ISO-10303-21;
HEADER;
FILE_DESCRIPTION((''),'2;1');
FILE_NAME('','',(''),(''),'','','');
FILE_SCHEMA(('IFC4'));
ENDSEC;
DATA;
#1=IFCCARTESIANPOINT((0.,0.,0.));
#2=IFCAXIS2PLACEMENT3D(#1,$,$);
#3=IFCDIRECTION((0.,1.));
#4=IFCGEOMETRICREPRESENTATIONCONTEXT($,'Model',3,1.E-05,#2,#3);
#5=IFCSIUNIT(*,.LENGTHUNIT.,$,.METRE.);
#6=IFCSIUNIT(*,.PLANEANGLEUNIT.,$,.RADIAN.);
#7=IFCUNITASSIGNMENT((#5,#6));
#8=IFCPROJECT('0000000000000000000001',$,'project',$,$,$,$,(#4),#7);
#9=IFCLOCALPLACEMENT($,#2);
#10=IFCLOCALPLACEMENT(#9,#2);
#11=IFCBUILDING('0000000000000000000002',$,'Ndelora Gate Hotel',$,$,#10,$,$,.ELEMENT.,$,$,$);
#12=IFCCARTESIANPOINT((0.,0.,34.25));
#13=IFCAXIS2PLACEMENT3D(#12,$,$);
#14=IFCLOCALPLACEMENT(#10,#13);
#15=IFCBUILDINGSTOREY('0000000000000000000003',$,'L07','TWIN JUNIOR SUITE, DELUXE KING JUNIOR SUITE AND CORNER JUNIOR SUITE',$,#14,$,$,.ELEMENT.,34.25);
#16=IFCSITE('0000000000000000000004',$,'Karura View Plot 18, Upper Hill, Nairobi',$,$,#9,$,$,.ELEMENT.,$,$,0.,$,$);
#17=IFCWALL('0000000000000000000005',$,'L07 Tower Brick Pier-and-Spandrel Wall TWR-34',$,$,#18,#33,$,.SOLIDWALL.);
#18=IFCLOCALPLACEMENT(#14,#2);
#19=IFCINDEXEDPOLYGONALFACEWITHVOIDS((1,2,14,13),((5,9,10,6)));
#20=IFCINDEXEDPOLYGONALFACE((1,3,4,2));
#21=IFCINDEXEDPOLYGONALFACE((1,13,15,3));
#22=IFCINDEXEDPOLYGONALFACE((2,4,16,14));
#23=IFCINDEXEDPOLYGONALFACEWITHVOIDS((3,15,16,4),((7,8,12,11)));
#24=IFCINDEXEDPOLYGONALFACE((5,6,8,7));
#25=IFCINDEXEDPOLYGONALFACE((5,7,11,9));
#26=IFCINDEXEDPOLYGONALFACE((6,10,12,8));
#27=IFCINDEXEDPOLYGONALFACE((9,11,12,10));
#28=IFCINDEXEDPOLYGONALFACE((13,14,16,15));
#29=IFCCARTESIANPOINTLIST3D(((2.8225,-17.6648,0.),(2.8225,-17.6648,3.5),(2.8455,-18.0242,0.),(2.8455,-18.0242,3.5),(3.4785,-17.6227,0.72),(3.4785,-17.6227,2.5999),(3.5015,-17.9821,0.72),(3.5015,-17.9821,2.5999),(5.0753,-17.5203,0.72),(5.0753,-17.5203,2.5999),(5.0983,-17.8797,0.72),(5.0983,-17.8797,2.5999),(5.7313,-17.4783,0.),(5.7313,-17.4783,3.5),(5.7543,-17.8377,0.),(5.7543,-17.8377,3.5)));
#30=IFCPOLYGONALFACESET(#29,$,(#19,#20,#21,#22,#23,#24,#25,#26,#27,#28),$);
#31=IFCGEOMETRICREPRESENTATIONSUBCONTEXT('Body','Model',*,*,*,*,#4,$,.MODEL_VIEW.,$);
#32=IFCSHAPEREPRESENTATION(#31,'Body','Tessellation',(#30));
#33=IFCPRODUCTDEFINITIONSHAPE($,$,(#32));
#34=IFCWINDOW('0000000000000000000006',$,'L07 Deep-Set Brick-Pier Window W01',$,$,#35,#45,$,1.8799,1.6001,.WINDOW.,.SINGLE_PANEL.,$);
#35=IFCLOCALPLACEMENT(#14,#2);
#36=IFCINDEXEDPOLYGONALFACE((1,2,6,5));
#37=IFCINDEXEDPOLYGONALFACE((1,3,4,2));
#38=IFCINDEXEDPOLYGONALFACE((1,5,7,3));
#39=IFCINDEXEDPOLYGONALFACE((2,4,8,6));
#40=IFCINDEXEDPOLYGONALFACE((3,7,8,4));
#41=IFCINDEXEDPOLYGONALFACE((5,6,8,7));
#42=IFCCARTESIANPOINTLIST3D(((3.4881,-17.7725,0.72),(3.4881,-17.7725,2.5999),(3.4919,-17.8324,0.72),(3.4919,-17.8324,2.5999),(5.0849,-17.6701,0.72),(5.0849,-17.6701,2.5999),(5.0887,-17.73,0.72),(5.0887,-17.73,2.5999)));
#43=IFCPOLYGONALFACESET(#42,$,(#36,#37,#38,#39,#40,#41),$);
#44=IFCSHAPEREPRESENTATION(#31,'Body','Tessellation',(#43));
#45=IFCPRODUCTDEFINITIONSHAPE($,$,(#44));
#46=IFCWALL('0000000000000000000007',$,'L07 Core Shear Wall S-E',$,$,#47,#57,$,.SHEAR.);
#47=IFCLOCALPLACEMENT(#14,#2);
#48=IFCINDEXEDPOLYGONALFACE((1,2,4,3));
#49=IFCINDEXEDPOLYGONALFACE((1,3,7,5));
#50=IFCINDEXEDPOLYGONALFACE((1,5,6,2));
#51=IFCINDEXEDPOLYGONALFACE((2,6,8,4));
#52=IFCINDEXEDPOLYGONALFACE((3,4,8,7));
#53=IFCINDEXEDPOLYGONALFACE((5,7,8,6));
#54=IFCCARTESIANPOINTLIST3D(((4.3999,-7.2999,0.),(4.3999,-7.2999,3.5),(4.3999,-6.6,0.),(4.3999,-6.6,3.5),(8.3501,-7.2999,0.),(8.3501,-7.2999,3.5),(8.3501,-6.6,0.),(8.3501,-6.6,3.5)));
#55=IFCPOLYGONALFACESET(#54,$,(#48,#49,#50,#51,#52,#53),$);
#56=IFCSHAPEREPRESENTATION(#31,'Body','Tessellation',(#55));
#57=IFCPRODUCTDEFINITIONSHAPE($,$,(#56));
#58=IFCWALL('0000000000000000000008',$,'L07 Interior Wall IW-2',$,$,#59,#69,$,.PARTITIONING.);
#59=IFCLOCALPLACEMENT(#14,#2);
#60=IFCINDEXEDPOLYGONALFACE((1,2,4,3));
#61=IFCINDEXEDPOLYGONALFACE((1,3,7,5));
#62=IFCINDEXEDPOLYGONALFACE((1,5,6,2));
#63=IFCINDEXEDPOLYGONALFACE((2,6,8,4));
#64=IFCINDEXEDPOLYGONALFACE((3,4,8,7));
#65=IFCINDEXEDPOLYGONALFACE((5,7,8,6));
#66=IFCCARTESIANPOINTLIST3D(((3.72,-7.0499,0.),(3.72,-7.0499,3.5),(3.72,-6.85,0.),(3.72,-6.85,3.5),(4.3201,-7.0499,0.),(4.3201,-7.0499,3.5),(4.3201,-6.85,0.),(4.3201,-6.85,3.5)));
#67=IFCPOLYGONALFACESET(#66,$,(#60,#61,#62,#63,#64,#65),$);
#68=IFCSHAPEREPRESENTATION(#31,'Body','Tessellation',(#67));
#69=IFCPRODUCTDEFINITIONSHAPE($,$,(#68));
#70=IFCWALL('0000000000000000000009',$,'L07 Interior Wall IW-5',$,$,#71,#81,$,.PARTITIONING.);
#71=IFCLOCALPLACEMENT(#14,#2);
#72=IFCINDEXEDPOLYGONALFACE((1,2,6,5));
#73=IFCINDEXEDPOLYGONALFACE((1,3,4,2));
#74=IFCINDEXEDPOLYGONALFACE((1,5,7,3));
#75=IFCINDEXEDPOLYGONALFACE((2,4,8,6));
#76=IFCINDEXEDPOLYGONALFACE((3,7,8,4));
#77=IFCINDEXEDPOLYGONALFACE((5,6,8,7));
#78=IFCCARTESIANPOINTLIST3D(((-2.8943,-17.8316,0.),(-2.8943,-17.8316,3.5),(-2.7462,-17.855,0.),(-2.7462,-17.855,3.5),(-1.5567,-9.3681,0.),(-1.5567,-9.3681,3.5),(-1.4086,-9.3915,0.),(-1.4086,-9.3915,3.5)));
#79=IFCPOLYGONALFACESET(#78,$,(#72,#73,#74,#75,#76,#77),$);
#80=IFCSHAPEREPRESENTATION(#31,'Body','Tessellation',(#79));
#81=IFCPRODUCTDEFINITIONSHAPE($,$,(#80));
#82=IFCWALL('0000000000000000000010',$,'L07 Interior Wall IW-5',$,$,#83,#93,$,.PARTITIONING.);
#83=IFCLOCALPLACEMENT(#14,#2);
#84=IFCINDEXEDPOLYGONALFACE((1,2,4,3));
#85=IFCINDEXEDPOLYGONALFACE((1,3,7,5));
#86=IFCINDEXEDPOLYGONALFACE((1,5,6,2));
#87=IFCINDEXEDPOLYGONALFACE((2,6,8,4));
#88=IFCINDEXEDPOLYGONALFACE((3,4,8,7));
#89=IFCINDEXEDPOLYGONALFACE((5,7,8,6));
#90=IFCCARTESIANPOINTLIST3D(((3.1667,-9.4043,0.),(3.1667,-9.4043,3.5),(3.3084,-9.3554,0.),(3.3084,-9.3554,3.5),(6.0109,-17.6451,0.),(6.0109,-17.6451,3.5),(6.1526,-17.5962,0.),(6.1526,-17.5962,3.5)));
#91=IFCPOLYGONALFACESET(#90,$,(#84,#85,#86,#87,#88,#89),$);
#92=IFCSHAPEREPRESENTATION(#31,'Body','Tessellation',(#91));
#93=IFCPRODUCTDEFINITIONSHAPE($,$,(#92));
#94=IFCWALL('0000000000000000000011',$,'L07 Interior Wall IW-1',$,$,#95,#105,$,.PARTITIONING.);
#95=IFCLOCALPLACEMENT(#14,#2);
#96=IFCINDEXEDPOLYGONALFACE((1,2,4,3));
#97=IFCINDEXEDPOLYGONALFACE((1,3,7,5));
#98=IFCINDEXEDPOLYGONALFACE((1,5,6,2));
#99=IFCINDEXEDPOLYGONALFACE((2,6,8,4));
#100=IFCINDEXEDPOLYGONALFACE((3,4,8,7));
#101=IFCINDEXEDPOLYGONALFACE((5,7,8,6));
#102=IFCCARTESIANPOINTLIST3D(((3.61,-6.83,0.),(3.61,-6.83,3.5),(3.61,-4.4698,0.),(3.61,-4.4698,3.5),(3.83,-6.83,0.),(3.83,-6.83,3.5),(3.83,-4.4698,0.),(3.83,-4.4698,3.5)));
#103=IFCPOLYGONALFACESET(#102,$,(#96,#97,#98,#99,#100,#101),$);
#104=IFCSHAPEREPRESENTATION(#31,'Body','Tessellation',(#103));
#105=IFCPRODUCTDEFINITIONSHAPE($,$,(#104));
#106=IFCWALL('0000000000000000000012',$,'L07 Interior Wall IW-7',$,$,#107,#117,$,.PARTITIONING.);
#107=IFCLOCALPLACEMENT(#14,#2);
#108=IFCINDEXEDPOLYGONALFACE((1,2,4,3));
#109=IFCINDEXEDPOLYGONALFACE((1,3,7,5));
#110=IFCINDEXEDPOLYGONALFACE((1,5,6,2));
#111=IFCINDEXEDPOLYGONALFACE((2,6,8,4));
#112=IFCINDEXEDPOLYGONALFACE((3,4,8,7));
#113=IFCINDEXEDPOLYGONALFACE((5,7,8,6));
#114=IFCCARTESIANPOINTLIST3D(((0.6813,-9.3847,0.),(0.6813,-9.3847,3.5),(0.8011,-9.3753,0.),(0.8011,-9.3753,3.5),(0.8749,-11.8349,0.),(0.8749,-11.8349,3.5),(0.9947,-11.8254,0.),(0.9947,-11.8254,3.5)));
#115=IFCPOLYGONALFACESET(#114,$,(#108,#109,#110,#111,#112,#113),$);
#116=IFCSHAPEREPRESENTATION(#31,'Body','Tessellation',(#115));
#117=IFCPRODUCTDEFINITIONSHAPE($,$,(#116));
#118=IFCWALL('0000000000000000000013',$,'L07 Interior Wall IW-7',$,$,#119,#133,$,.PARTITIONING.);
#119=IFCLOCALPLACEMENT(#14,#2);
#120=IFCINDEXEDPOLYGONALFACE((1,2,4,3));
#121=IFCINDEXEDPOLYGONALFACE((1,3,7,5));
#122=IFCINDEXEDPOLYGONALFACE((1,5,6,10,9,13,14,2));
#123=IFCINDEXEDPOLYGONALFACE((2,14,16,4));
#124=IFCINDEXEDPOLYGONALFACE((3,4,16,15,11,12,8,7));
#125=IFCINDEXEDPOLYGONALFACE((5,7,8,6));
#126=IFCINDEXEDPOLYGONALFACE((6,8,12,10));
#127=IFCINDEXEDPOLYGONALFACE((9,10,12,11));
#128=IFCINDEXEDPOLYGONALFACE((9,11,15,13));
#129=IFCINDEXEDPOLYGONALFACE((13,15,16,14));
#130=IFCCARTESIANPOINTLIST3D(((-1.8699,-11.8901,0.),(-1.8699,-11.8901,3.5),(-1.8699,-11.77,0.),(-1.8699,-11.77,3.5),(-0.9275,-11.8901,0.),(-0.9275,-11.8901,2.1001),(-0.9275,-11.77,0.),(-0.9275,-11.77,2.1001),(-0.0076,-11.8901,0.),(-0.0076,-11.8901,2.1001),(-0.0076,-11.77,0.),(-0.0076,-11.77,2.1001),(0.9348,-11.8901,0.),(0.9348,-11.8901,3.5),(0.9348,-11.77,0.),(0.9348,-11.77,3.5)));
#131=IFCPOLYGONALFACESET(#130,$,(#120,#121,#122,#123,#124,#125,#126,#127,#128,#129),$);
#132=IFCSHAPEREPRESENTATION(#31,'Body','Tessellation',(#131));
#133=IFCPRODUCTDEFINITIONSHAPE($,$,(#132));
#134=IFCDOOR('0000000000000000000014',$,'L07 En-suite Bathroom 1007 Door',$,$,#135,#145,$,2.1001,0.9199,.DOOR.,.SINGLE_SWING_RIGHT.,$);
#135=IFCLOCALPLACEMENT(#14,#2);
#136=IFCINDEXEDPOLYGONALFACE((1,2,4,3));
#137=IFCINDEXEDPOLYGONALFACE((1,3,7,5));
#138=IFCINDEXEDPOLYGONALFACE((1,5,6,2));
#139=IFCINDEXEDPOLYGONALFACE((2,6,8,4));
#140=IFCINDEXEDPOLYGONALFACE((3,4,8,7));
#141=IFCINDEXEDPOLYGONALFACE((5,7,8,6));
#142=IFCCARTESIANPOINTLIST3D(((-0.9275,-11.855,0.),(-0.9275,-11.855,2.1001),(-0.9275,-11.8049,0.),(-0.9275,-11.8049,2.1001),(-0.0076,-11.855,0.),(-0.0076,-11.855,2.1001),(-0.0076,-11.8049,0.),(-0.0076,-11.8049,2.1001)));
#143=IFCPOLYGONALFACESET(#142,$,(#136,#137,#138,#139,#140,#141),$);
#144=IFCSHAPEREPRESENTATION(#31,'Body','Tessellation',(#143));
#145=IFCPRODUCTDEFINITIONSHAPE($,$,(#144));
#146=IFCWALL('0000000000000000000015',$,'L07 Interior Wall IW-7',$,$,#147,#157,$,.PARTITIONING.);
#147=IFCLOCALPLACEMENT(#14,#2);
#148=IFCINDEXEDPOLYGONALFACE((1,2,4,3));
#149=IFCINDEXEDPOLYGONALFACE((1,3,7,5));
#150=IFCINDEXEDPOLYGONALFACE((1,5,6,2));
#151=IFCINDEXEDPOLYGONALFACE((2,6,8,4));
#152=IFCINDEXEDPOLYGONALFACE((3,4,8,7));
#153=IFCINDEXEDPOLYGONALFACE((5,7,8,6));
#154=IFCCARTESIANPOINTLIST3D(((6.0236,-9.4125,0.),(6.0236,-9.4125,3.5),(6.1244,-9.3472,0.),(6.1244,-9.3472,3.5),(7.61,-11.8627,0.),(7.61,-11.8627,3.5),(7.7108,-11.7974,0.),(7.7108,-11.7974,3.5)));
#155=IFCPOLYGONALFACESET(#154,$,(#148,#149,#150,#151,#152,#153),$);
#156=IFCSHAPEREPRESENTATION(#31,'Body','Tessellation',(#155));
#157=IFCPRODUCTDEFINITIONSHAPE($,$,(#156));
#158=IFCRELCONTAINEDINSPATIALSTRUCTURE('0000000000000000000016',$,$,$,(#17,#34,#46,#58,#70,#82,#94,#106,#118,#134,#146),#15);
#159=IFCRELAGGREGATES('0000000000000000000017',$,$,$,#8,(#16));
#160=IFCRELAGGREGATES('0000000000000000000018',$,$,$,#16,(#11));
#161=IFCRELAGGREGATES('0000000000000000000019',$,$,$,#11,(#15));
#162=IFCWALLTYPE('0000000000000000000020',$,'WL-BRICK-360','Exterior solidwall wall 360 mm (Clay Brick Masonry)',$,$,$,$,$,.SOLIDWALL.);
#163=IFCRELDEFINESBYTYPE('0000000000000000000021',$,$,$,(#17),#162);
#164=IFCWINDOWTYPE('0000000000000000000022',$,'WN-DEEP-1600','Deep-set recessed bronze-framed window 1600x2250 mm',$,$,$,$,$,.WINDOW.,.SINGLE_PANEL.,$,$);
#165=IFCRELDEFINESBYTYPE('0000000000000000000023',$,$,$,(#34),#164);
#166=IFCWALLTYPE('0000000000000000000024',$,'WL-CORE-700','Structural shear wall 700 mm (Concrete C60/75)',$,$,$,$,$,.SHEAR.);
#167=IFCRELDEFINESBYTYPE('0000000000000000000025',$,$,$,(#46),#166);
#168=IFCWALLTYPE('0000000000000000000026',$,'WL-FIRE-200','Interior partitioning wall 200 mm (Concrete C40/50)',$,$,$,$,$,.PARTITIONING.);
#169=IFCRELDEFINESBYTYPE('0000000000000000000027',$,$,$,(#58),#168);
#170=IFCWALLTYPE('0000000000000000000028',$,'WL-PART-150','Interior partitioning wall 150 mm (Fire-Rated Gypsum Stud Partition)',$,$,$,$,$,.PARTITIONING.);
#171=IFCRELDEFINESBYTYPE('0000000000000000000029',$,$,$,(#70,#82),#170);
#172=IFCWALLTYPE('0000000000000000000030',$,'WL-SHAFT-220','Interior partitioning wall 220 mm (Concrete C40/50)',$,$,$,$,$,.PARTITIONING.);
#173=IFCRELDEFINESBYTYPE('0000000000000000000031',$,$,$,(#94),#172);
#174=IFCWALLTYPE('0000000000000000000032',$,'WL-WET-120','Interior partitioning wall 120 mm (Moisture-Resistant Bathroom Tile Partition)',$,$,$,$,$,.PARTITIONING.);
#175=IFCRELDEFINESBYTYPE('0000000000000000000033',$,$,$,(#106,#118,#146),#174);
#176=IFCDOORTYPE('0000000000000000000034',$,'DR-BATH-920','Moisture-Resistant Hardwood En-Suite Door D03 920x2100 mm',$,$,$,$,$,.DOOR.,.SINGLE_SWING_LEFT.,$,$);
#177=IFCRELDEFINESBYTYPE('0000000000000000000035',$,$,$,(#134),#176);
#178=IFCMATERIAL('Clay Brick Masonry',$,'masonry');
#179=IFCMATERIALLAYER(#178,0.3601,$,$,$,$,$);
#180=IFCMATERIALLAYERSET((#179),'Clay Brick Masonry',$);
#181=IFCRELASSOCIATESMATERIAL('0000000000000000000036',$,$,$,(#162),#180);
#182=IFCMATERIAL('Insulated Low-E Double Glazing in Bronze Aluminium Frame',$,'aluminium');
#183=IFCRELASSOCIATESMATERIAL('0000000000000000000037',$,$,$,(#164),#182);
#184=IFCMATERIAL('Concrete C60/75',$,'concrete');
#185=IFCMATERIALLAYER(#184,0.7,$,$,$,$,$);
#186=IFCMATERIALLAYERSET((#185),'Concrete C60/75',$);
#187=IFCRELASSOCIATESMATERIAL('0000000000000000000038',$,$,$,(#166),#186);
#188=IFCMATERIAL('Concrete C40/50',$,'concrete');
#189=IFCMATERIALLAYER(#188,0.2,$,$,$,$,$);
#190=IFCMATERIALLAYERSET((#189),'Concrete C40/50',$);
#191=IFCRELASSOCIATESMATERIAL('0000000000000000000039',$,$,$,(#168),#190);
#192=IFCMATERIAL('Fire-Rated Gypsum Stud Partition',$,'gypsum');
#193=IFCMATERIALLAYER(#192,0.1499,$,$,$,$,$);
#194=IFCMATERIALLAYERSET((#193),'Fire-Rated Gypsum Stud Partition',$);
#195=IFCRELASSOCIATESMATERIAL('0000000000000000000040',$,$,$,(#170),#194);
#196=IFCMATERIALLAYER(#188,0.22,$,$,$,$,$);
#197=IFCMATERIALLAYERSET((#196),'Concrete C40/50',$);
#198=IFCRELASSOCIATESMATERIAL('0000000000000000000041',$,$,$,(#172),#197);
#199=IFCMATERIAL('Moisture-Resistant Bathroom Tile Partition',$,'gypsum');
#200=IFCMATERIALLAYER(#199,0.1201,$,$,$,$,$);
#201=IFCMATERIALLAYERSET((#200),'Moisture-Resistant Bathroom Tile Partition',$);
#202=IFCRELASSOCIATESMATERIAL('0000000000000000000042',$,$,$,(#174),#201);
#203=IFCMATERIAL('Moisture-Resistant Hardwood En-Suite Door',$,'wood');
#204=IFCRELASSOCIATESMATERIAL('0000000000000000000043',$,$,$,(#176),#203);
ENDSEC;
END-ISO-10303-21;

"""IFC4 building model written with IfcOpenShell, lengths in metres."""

from ifc_helpers import new_model, si_unit, direction, frame, frame_2d, origin, place, context, subcontext, project, spatial, rectangle, extrude, material, layer, layer_set, type_object, element, fill, save


model = new_model("IFC4")

# Units and contexts
model_context = context("Model", 3, precision=1e-05, world=origin(), true_north=direction((0.0, 1.0)))
body_context = subcontext(model_context, "Body", "Model", "MODEL_VIEW")
ifc_project = project(units=[si_unit("LENGTHUNIT", "METRE"), si_unit("PLANEANGLEUNIT", "RADIAN")], contexts=[model_context])

# Site, building, storey
site_placement = place(None, origin())
site = spatial("IfcSite", under=ifc_project, at=site_placement, Name="Karura View Plot 18, Upper Hill, Nairobi", CompositionType="ELEMENT", RefElevation=0.0)
building_placement = place(site_placement, origin())
building = spatial("IfcBuilding", under=site, at=building_placement, Name="Ndelora Gate Hotel", CompositionType="ELEMENT")
storey_placement = place(building_placement, frame((0.0, 0.0, 34.25)))
storey = spatial("IfcBuildingStorey", under=building, at=storey_placement, Name="L07", Description="TWIN JUNIOR SUITE, DELUXE KING JUNIOR SUITE AND CORNER JUNIOR SUITE", CompositionType="ELEMENT", Elevation=34.25)

# Shared definitions
ifc_material_1 = material(Name="Concrete C60/75", Category="concrete")

# Shared definitions
ifc_material_2 = material(Name="Clay Brick Masonry", Category="masonry")
ifc_layer_1 = layer(ifc_material_2, 0.3601)
ifc_layer_set_1 = layer_set([ifc_layer_1], Name="Clay Brick Masonry")
wall_type_1 = type_object("IfcWallType", Name="WL-BRICK-360", Description="Exterior solidwall wall 360 mm (Clay Brick Masonry)", PredefinedType="SOLIDWALL", material=ifc_layer_set_1)
ifc_material_3 = material(Name="Insulated Low-E Double Glazing in Bronze Aluminium Frame", Category="aluminium")
window_type = type_object("IfcWindowType", Name="WN-DEEP-1600", Description="Deep-set recessed bronze-framed window 1600x2250 mm", PartitioningType="SINGLE_PANEL", PredefinedType="WINDOW", material=ifc_material_3)

# Wall, opening, window
wall_1_placement = place(storey_placement, frame((5.7429, -17.658, 0.0), z_axis=(0.0, 0.0, 1.0), x_axis=(-0.997951, -0.063989, 0.0)))
wall_1 = element("IfcWall", 1, at=wall_1_placement, inside=storey, type_object=wall_type_1, Name="L07 Tower Brick Pier-and-Spandrel Wall TWR-34", PredefinedType="SOLIDWALL", context=body_context, shape_type="SweptSolid", body=[
    extrude(rectangle(XDim=2.9148, YDim=0.3601, at=frame_2d((1.4575, 0.0))), origin(), (0.0, 0.0, 1.0), 3.5),
])
opening_1_placement = place(wall_1_placement, frame((0.6575, 0.0, 0.72)))
opening_1 = element("IfcOpeningElement", 2, at=opening_1_placement, cuts=wall_1, PredefinedType="OPENING", context=body_context, shape_type="SweptSolid", body=[
    extrude(rectangle(XDim=1.6001, YDim=1.8799, at=frame_2d((0.8, 0.9399))), frame((0.0, 0.1899, 0.0), z_axis=(0.0, -1.0, 0.0), x_axis=(1.0, 0.0, 0.0)), (0.0, 0.0, 1.0), 0.3801),
])
window_1_placement = place(opening_1_placement, origin())
window_1 = element("IfcWindow", 3, at=window_1_placement, inside=storey, type_object=window_type, Name="L07 Deep-Set Brick-Pier Window W01", OverallHeight=1.8799, OverallWidth=1.6001, PartitioningType="SINGLE_PANEL", PredefinedType="WINDOW", context=body_context, shape_type="SweptSolid", body=[
    extrude(rectangle(XDim=1.6001, YDim=1.8799, at=frame_2d((0.8, 0.9399))), frame((0.0, 0.03, 0.0), z_axis=(0.0, -1.0, 0.0), x_axis=(1.0, 0.0, 0.0)), (0.0, 0.0, 1.0), 0.0601),
])
fill(opening_1, window_1)

# Walls
ifc_layer_2 = layer(ifc_material_1, 0.7)
ifc_layer_set_2 = layer_set([ifc_layer_2], Name="Concrete C60/75")
wall_type_2 = type_object("IfcWallType", Name="WL-CORE-700", Description="Structural shear wall 700 mm (Concrete C60/75)", PredefinedType="SHEAR", material=ifc_layer_set_2)
wall_2_placement = place(storey_placement, frame((4.3999, -6.95, 0.0), z_axis=(0.0, 0.0, 1.0), x_axis=(1.0, 0.0, 0.0)))
element("IfcWall", 4, at=wall_2_placement, inside=storey, type_object=wall_type_2, Name="L07 Core Shear Wall S-E", PredefinedType="SHEAR", context=body_context, shape_type="SweptSolid", body=[
    extrude(rectangle(XDim=3.9502, YDim=0.7, at=frame_2d((1.9751, 0.0))), origin(), (0.0, 0.0, 1.0), 3.5),
])
ifc_material_4 = material(Name="Concrete C40/50", Category="concrete")
ifc_layer_3 = layer(ifc_material_4, 0.2)
ifc_layer_set_3 = layer_set([ifc_layer_3], Name="Concrete C40/50")
wall_type_3 = type_object("IfcWallType", Name="WL-FIRE-200", Description="Interior partitioning wall 200 mm (Concrete C40/50)", PredefinedType="PARTITIONING", material=ifc_layer_set_3)
wall_3_placement = place(storey_placement, frame((3.72, -6.95, 0.0), z_axis=(0.0, 0.0, 1.0), x_axis=(1.0, 0.0, 0.0)))
element("IfcWall", 5, at=wall_3_placement, inside=storey, type_object=wall_type_3, Name="L07 Interior Wall IW-2", PredefinedType="PARTITIONING", context=body_context, shape_type="SweptSolid", body=[
    extrude(rectangle(XDim=0.6001, YDim=0.2, at=frame_2d((0.3, 0.0))), origin(), (0.0, 0.0, 1.0), 3.5),
])
ifc_material_5 = material(Name="Fire-Rated Gypsum Stud Partition", Category="gypsum")
ifc_layer_4 = layer(ifc_material_5, 0.1499)
ifc_layer_set_4 = layer_set([ifc_layer_4], Name="Fire-Rated Gypsum Stud Partition")
wall_type_4 = type_object("IfcWallType", Name="WL-PART-150", Description="Interior partitioning wall 150 mm (Fire-Rated Gypsum Stud Partition)", PredefinedType="PARTITIONING", material=ifc_layer_set_4)
wall_4_placement = place(storey_placement, frame((-1.4827, -9.3799, 0.0), z_axis=(0.0, 0.0, 1.0), x_axis=(-0.156109, -0.98774, 0.0)))
element("IfcWall", 6, at=wall_4_placement, inside=storey, type_object=wall_type_4, Name="L07 Interior Wall IW-5", PredefinedType="PARTITIONING", context=body_context, shape_type="SweptSolid", body=[
    extrude(rectangle(XDim=8.5686, YDim=0.1499, at=frame_2d((4.2842, 0.0))), origin(), (0.0, 0.0, 1.0), 3.5),
])
wall_5_placement = place(storey_placement, frame((3.2375, -9.3799, 0.0), z_axis=(0.0, 0.0, 1.0), x_axis=(0.326258, -0.945281, 0.0)))
element("IfcWall", 7, at=wall_5_placement, inside=storey, type_object=wall_type_4, Name="L07 Interior Wall IW-5", PredefinedType="PARTITIONING", context=body_context, shape_type="SweptSolid", body=[
    extrude(rectangle(XDim=8.7178, YDim=0.1499, at=frame_2d((4.3589, 0.0))), origin(), (0.0, 0.0, 1.0), 3.5),
])
ifc_layer_5 = layer(ifc_material_4, 0.22)
ifc_layer_set_5 = layer_set([ifc_layer_5], Name="Concrete C40/50")
wall_type_5 = type_object("IfcWallType", Name="WL-SHAFT-220", Description="Interior partitioning wall 220 mm (Concrete C40/50)", PredefinedType="PARTITIONING", material=ifc_layer_set_5)
wall_6_placement = place(storey_placement, frame((3.72, -6.8301, 0.0), z_axis=(0.0, 0.0, 1.0), x_axis=(0.0, 1.0, 0.0)))
element("IfcWall", 8, at=wall_6_placement, inside=storey, type_object=wall_type_5, Name="L07 Interior Wall IW-1", PredefinedType="PARTITIONING", context=body_context, shape_type="SweptSolid", body=[
    extrude(rectangle(XDim=2.3601, YDim=0.22, at=frame_2d((1.1802, 0.0))), origin(), (0.0, 0.0, 1.0), 3.5),
])
ifc_material_6 = material(Name="Moisture-Resistant Bathroom Tile Partition", Category="gypsum")
ifc_layer_6 = layer(ifc_material_6, 0.1201)
ifc_layer_set_6 = layer_set([ifc_layer_6], Name="Moisture-Resistant Bathroom Tile Partition")
wall_type_6 = type_object("IfcWallType", Name="WL-WET-120", Description="Interior partitioning wall 120 mm (Moisture-Resistant Bathroom Tile Partition)", PredefinedType="PARTITIONING", material=ifc_layer_set_6)
wall_7_placement = place(storey_placement, frame((0.7412, -9.3799, 0.0), z_axis=(0.0, 0.0, 1.0), x_axis=(0.07877, -0.996893, 0.0)))
element("IfcWall", 9, at=wall_7_placement, inside=storey, type_object=wall_type_6, Name="L07 Interior Wall IW-7", PredefinedType="PARTITIONING", context=body_context, shape_type="SweptSolid", body=[
    extrude(rectangle(XDim=2.4578, YDim=0.1201, at=frame_2d((1.229, 0.0))), origin(), (0.0, 0.0, 1.0), 3.5),
])

# Wall, opening, door
wall_8_placement = place(storey_placement, frame((0.9348, -11.8301, 0.0), z_axis=(0.0, 0.0, 1.0), x_axis=(-1.0, 0.0, 0.0)))
wall_8 = element("IfcWall", 10, at=wall_8_placement, inside=storey, type_object=wall_type_6, Name="L07 Interior Wall IW-7", PredefinedType="PARTITIONING", context=body_context, shape_type="SweptSolid", body=[
    extrude(rectangle(XDim=2.8047, YDim=0.1201, at=frame_2d((1.4023, 0.0))), origin(), (0.0, 0.0, 1.0), 3.5),
])
opening_2_placement = place(wall_8_placement, frame((0.9424, 0.0, 0.0)))
opening_2 = element("IfcOpeningElement", 11, at=opening_2_placement, cuts=wall_8, PredefinedType="OPENING", context=body_context, shape_type="SweptSolid", body=[
    extrude(rectangle(XDim=0.9199, YDim=2.1001, at=frame_2d((0.46, 1.05))), frame((0.0, 0.0701, 0.0), z_axis=(0.0, -1.0, 0.0), x_axis=(1.0, 0.0, 0.0)), (0.0, 0.0, 1.0), 0.1401),
])
ifc_material_7 = material(Name="Moisture-Resistant Hardwood En-Suite Door", Category="wood")
door_type = type_object("IfcDoorType", Name="DR-BATH-920", Description="Moisture-Resistant Hardwood En-Suite Door D03 920x2100 mm", OperationType="SINGLE_SWING_LEFT", PredefinedType="DOOR", material=ifc_material_7)
door_1_placement = place(opening_2_placement, origin())
door_1 = element("IfcDoor", 12, at=door_1_placement, inside=storey, type_object=door_type, Name="L07 En-suite Bathroom 1007 Door", OperationType="SINGLE_SWING_RIGHT", OverallHeight=2.1001, OverallWidth=0.9199, PredefinedType="DOOR", context=body_context, shape_type="SweptSolid", body=[
    extrude(rectangle(XDim=0.9199, YDim=2.1001, at=frame_2d((0.46, 1.05))), frame((0.0, 0.0249, 0.0), z_axis=(0.0, -1.0, 0.0), x_axis=(1.0, 0.0, 0.0)), (0.0, 0.0, 1.0), 0.05),
])
fill(opening_2, door_1)

# Wall
wall_9_placement = place(storey_placement, frame((6.074, -9.3799, 0.0), z_axis=(0.0, 0.0, 1.0), x_axis=(0.543494, -0.839413, 0.0)))
element("IfcWall", 13, at=wall_9_placement, inside=storey, type_object=wall_type_6, Name="L07 Interior Wall IW-7", PredefinedType="PARTITIONING", context=body_context, shape_type="SweptSolid", body=[
    extrude(rectangle(XDim=2.9189, YDim=0.1201, at=frame_2d((1.4595, 0.0))), origin(), (0.0, 0.0, 1.0), 3.5),
])

save(model, "model.ifc")
